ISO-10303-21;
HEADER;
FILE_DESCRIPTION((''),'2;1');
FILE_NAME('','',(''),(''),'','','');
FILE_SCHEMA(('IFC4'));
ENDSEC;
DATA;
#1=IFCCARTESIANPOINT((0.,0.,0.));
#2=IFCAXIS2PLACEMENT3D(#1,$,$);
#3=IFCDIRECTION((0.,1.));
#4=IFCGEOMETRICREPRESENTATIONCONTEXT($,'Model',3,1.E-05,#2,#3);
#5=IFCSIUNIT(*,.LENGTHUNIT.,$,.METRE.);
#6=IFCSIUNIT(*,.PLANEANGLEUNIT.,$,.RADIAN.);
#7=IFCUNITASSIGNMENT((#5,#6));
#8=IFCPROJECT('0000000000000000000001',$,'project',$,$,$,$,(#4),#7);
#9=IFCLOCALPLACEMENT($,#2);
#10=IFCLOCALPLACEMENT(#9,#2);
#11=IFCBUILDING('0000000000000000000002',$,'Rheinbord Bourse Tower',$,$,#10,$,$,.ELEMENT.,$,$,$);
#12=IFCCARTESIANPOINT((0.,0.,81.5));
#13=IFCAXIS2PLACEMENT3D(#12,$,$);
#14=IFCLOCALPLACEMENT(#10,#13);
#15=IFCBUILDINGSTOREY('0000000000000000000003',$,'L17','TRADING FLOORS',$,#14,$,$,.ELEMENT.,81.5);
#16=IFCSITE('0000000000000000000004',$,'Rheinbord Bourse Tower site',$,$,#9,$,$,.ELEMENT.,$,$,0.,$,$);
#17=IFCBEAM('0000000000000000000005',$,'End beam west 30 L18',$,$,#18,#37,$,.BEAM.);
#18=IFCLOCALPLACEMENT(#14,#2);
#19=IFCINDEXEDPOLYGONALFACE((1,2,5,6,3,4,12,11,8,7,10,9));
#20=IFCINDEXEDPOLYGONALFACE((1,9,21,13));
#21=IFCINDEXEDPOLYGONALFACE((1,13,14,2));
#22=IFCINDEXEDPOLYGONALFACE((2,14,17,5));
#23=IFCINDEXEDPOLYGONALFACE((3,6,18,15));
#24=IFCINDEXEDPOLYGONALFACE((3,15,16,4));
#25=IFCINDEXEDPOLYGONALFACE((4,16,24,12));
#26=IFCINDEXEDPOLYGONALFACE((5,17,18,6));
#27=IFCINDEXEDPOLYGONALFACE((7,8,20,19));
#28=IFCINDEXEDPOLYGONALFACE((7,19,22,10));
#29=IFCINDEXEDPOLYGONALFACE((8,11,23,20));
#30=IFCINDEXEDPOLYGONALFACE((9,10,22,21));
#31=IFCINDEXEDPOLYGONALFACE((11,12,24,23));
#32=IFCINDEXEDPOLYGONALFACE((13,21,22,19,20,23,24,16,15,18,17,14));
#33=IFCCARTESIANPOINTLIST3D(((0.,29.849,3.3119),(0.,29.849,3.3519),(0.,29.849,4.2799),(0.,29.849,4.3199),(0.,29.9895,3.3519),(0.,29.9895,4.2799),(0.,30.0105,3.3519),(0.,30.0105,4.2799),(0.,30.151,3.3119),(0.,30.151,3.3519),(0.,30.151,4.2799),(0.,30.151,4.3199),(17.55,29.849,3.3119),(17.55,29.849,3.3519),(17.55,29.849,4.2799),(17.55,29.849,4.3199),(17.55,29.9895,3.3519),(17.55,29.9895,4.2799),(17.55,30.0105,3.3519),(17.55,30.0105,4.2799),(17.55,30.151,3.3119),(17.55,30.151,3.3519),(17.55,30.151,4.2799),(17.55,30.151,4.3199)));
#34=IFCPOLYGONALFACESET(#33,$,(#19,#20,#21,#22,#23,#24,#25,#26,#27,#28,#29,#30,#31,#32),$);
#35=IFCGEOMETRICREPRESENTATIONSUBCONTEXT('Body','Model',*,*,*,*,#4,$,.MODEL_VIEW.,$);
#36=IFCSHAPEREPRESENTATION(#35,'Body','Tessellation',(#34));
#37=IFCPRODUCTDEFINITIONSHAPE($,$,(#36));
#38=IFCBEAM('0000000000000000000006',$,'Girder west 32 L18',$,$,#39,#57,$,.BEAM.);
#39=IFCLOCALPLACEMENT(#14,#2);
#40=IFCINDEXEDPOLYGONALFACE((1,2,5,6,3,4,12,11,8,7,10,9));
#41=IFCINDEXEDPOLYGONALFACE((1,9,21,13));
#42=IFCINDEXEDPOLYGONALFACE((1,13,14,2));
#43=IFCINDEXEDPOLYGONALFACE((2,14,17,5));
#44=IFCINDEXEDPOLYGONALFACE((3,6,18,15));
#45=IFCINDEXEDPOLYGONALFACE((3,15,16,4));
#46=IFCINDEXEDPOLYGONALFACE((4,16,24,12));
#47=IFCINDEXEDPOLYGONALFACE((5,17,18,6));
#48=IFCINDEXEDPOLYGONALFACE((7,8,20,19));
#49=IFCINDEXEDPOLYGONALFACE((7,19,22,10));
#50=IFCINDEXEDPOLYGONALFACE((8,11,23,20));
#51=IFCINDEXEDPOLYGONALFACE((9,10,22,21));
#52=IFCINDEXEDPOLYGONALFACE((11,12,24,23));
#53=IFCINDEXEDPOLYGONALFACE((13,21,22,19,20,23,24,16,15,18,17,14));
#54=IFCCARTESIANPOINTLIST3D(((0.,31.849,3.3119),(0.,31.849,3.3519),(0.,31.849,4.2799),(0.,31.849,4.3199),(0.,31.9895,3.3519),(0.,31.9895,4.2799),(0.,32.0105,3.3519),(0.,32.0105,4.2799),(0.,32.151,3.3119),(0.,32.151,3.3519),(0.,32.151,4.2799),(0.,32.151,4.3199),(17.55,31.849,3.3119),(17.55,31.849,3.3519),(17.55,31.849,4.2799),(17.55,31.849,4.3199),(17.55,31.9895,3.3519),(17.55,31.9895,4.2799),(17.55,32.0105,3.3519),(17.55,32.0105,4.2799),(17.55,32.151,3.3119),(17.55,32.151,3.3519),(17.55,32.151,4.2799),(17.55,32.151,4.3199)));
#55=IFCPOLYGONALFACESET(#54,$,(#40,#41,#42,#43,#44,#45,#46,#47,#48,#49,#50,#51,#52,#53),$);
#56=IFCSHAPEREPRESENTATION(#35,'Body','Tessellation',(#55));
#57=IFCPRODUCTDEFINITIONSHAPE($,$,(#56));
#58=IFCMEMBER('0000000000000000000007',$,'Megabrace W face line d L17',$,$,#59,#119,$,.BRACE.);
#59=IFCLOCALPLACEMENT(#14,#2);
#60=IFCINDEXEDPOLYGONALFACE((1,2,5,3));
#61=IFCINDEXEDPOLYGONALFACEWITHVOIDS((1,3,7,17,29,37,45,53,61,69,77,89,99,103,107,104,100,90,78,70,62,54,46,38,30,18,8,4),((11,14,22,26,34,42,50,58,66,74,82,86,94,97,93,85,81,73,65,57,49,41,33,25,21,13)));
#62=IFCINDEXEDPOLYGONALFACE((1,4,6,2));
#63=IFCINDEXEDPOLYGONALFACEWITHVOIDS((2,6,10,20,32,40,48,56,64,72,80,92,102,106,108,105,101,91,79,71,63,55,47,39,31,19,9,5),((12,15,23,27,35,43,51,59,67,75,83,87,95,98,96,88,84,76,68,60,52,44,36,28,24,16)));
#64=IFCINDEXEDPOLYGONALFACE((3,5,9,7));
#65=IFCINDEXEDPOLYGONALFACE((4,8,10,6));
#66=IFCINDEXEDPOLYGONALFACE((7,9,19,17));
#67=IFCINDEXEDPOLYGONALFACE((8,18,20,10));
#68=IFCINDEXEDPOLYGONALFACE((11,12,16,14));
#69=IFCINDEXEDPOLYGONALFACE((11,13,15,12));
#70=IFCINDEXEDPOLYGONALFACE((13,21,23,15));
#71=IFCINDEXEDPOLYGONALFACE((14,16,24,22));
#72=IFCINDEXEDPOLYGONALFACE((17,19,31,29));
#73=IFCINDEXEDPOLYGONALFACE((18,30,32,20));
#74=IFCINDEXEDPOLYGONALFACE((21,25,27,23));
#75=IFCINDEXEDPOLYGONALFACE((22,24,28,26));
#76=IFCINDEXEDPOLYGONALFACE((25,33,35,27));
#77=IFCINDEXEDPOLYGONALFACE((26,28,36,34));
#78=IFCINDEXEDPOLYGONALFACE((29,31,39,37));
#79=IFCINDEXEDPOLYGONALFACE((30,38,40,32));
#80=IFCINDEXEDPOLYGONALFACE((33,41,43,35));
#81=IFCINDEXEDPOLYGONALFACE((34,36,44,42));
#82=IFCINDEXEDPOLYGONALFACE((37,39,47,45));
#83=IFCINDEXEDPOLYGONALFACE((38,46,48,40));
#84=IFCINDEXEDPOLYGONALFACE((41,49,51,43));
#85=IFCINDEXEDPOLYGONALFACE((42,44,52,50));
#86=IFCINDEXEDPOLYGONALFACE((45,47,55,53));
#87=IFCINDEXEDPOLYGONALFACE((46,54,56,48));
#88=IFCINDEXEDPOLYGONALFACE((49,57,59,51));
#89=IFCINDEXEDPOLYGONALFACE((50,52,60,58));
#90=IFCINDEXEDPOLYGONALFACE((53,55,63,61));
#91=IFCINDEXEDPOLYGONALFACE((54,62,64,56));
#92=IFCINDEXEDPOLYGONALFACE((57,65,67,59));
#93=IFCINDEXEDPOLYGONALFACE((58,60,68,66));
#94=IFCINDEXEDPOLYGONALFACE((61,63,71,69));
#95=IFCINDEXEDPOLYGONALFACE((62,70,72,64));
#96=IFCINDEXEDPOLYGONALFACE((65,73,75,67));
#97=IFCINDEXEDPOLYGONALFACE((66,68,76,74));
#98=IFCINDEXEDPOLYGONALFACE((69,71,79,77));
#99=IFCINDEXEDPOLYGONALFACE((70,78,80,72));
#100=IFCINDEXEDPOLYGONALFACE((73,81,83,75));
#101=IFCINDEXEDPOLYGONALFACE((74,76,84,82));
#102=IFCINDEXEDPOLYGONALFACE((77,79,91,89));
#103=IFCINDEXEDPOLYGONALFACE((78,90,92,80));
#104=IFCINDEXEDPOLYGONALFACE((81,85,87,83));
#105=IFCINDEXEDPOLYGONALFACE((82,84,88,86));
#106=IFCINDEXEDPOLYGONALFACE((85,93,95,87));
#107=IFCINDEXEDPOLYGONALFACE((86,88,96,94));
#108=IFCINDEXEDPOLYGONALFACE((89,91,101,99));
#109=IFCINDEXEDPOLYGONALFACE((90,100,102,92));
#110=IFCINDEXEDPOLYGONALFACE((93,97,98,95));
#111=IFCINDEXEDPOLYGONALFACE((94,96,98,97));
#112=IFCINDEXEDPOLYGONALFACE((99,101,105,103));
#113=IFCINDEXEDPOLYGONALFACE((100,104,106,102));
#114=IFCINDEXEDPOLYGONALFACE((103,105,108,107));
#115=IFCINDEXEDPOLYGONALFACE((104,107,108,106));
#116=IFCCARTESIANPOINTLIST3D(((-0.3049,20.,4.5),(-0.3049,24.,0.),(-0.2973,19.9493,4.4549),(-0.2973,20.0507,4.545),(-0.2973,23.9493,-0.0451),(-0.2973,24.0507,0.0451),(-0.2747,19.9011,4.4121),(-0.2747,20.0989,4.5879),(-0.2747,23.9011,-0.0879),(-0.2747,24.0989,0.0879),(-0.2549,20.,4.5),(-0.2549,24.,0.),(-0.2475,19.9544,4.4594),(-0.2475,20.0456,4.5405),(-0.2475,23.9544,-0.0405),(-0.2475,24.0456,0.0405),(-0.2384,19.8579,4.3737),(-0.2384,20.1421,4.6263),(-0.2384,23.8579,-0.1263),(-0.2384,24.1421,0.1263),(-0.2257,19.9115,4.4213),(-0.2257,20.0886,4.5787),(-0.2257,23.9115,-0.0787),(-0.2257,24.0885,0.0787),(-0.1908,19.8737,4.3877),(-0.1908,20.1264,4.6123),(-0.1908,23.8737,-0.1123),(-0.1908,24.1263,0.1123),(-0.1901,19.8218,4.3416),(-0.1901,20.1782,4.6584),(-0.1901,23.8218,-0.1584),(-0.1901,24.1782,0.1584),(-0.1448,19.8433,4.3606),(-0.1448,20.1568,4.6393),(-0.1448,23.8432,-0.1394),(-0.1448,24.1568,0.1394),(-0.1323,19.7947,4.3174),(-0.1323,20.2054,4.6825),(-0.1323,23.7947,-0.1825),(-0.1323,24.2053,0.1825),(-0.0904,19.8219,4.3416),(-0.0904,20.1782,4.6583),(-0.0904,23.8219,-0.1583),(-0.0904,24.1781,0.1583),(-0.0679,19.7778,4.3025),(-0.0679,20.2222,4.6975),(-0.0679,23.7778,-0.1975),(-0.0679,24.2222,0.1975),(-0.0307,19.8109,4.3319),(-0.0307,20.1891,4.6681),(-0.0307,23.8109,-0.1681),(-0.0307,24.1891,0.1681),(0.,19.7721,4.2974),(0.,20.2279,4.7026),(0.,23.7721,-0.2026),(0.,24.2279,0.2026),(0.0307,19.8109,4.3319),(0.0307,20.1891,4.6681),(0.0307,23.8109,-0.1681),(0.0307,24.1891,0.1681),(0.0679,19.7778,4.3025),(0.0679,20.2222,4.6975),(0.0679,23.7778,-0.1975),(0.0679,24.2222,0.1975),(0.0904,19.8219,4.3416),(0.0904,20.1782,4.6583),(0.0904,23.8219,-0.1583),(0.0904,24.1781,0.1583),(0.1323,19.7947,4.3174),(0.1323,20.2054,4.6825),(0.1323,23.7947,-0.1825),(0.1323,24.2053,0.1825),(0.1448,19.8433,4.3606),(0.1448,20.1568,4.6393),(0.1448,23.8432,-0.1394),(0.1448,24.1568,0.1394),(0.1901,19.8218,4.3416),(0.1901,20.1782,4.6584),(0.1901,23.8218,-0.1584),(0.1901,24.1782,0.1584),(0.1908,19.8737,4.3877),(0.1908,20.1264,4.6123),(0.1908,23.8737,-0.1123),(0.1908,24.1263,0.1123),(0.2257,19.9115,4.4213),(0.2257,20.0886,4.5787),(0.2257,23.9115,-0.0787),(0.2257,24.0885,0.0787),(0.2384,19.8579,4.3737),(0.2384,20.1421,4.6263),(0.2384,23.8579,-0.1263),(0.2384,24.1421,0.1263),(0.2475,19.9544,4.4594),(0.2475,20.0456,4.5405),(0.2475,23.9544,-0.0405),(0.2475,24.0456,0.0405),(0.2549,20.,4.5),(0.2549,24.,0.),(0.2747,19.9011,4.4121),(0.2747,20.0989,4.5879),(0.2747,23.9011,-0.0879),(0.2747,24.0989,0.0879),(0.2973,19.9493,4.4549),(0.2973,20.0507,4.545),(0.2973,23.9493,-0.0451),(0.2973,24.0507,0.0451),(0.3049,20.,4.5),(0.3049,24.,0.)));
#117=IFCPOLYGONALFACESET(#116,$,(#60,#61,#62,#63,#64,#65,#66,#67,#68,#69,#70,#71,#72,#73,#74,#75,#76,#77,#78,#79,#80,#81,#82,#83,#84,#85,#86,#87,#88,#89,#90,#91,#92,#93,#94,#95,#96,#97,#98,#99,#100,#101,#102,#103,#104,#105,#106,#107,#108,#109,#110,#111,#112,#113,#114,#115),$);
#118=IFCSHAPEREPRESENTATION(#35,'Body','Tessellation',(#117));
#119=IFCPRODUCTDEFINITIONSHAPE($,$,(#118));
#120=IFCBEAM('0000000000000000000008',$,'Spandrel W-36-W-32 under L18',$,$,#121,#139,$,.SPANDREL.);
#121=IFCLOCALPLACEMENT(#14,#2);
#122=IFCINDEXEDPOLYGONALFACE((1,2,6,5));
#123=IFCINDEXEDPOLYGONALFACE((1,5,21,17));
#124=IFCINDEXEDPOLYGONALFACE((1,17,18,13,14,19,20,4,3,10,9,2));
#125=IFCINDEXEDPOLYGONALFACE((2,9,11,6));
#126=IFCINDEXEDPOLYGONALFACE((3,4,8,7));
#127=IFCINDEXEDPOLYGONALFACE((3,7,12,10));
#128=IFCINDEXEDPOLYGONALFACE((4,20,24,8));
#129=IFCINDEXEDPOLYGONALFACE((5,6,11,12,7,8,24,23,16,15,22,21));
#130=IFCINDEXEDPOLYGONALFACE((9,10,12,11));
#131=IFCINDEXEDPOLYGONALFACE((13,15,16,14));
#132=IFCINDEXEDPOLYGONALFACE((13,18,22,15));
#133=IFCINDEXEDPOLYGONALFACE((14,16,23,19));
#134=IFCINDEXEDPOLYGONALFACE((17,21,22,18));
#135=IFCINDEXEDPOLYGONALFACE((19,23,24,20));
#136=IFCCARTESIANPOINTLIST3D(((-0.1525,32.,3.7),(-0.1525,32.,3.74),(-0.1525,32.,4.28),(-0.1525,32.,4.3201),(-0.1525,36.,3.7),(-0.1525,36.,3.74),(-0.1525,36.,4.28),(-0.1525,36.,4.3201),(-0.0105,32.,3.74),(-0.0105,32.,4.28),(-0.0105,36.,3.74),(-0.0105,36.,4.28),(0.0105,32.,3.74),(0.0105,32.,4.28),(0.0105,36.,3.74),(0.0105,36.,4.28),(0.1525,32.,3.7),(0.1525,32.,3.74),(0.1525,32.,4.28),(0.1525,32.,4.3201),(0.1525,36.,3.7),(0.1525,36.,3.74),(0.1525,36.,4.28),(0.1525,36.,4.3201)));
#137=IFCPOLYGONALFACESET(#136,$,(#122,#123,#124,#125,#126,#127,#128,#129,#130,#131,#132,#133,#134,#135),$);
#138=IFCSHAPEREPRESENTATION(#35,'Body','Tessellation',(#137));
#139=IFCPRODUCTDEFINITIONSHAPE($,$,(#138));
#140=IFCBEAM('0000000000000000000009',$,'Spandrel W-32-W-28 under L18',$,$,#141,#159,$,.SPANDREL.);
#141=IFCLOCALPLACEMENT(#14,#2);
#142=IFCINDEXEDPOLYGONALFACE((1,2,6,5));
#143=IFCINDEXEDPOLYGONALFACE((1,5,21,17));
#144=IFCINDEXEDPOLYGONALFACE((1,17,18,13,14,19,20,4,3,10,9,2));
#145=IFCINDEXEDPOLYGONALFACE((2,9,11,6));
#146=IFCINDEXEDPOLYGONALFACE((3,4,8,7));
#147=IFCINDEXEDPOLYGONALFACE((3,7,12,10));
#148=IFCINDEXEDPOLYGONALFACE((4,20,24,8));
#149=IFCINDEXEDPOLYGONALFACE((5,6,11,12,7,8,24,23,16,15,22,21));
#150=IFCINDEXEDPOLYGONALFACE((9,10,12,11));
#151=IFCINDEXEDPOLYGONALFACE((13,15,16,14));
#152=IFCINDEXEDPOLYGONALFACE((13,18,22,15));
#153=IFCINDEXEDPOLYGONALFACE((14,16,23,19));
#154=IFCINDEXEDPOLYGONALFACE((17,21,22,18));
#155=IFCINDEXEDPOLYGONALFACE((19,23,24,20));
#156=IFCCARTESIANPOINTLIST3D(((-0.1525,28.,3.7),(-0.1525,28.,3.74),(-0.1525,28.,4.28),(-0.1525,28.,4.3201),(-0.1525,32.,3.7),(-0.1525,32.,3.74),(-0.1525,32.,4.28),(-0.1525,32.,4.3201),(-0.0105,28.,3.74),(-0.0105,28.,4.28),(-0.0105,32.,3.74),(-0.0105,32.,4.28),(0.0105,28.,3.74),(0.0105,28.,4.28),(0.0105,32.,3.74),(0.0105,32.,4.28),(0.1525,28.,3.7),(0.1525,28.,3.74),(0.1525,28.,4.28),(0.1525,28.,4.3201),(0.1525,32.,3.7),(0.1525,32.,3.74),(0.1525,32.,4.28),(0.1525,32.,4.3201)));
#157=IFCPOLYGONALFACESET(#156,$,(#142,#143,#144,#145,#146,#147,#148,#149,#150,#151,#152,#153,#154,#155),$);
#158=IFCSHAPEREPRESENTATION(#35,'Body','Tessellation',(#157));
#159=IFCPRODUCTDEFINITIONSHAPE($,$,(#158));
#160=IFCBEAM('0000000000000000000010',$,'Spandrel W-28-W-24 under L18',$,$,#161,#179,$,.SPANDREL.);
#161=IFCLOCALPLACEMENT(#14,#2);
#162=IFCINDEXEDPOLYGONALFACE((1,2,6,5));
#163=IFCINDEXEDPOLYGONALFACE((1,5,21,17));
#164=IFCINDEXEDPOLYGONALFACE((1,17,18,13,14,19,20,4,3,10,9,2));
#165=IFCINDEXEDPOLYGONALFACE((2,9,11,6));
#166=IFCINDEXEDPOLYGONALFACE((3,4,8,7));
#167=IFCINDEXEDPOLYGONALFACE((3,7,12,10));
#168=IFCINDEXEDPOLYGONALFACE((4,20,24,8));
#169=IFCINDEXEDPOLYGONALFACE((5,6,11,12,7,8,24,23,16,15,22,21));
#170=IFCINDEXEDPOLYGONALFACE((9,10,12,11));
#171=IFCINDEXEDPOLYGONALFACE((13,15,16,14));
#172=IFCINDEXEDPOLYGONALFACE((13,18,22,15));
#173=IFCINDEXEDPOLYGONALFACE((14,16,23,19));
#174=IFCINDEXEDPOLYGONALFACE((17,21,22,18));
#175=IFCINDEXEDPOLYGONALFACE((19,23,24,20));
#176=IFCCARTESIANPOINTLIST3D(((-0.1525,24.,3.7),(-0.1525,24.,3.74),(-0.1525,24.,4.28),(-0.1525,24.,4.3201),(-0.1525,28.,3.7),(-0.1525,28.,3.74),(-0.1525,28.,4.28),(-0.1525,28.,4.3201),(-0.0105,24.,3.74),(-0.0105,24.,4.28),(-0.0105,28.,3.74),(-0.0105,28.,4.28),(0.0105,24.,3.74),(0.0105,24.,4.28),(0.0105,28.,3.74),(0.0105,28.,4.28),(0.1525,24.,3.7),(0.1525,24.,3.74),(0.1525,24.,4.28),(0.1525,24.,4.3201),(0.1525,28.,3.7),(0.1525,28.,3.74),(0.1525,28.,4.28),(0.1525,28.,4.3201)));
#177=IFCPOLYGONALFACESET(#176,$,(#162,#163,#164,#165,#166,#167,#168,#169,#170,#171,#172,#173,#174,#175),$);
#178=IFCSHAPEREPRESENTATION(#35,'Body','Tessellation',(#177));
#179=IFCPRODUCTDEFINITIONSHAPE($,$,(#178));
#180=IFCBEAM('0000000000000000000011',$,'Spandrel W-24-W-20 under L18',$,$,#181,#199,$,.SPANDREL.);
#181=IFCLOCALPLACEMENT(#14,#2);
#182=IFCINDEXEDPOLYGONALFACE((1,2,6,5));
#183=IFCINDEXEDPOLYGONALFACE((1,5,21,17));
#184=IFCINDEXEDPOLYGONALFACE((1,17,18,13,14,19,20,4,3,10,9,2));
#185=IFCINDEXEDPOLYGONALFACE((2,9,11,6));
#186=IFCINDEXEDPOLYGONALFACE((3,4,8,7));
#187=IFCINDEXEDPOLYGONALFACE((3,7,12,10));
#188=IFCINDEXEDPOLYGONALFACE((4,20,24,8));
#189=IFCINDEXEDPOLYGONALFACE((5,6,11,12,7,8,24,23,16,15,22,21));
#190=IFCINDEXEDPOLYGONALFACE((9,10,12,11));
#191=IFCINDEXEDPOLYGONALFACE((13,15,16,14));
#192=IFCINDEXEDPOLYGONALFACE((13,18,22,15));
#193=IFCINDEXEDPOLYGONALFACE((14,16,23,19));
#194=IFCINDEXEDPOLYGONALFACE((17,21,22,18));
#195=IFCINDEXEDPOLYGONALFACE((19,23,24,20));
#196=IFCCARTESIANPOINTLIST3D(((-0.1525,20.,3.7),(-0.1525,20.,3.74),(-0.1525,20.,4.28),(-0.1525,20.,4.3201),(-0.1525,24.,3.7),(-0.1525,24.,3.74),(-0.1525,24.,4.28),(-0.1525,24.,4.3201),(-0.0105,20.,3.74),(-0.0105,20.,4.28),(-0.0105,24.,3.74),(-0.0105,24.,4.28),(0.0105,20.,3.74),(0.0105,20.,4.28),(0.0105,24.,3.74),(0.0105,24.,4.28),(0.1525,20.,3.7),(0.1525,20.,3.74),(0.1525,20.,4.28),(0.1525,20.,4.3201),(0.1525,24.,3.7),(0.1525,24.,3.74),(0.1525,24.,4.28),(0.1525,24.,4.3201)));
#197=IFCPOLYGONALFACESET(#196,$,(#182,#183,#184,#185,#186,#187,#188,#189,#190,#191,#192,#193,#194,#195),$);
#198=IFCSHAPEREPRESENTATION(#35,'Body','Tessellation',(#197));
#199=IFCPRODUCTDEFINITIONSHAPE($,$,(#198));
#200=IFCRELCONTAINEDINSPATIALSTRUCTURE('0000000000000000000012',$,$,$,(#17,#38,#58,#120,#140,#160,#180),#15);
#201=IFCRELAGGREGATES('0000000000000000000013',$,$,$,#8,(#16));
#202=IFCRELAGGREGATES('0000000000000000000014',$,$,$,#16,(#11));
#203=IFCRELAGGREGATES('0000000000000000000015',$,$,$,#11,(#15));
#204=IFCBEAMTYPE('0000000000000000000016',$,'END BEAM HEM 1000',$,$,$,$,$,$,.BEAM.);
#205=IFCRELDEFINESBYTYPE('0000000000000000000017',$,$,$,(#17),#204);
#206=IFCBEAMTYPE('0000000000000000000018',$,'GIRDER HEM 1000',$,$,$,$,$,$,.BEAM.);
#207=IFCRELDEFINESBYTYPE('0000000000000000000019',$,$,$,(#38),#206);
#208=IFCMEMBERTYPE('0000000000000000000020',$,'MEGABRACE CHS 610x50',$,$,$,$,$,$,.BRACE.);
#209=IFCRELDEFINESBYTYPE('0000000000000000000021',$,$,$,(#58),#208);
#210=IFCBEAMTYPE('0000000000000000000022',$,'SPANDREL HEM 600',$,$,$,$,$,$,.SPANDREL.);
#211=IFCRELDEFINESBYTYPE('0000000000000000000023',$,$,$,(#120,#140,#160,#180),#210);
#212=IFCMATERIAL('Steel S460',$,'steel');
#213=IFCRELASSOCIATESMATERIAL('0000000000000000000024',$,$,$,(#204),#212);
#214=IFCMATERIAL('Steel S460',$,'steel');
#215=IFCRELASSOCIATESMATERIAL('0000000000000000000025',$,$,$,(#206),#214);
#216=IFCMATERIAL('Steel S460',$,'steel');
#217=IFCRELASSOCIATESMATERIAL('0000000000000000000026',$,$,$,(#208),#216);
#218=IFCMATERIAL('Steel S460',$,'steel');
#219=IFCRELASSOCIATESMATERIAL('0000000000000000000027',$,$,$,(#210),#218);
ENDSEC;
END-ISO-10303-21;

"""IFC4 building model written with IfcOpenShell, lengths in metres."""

from ifc_helpers import new_model, si_unit, direction, frame, origin, origin_2d, place, context, subcontext, project, spatial, hollow_circle, i_section, extrude, material, material_profile, profile_set, type_object, element, save


model = new_model("IFC4")

# Units and contexts
model_context = context("Model", 3, precision=1e-05, world=origin(), true_north=direction((0.0, 1.0)))
body_context = subcontext(model_context, "Body", "Model", "MODEL_VIEW")
ifc_project = project(units=[si_unit("LENGTHUNIT", "METRE"), si_unit("PLANEANGLEUNIT", "RADIAN")], contexts=[model_context])

# Site, building, storey
site_placement = place(None, origin())
site = spatial("IfcSite", under=ifc_project, at=site_placement, Name="Rheinbord Bourse Tower site", CompositionType="ELEMENT", RefElevation=0.0)
building_placement = place(site_placement, origin())
building = spatial("IfcBuilding", under=site, at=building_placement, Name="Rheinbord Bourse Tower", CompositionType="ELEMENT")
storey_placement = place(building_placement, frame((0.0, 0.0, 81.5)))
storey = spatial("IfcBuildingStorey", under=building, at=storey_placement, Name="L17", Description="TRADING FLOORS", CompositionType="ELEMENT", Elevation=81.5)

# Beams
ifc_material_1 = material(Name="Steel S460", Category="steel")
ifc_material_profile_1 = material_profile(ifc_material_1, i_section(OverallWidth=0.302, OverallDepth=1.0081, WebThickness=0.021, FlangeThickness=0.04, at=origin_2d()), Name="HEM 1000")
ifc_profile_set_1 = profile_set([ifc_material_profile_1], Name="Steel S460")
beam_type_1 = type_object("IfcBeamType", Name="END BEAM HEM 1000", PredefinedType="BEAM", material=ifc_profile_set_1)
for number, where, z_axis, x_axis, name in (
    (1, (0.0, 30.0, 3.8159), (1.0, 0.0, 0.0), (0.0, 1.0, 0.0), "End beam west 30 L18"),
):
    element("IfcBeam", number, at=place(storey_placement, frame(where, z_axis=z_axis, x_axis=x_axis)), inside=storey, type_object=beam_type_1, Name=name, PredefinedType="BEAM", context=body_context, shape_type="SweptSolid", body=[
        extrude(i_section(OverallWidth=0.302, OverallDepth=1.0081, WebThickness=0.021, FlangeThickness=0.04, at=origin_2d()), origin(), (0.0, 0.0, 1.0), 17.55),
    ])
ifc_material_2 = material(Name="Steel S460", Category="steel")
ifc_material_profile_2 = material_profile(ifc_material_2, i_section(OverallWidth=0.302, OverallDepth=1.0081, WebThickness=0.021, FlangeThickness=0.04, at=origin_2d()), Name="HEM 1000")
ifc_profile_set_2 = profile_set([ifc_material_profile_2], Name="Steel S460")
beam_type_2 = type_object("IfcBeamType", Name="GIRDER HEM 1000", PredefinedType="BEAM", material=ifc_profile_set_2)
beam_placement = place(storey_placement, frame((0.0, 32.0, 3.8159), z_axis=(1.0, 0.0, 0.0), x_axis=(0.0, 1.0, 0.0)))
element("IfcBeam", 2, at=beam_placement, inside=storey, type_object=beam_type_2, Name="Girder west 32 L18", PredefinedType="BEAM", context=body_context, shape_type="SweptSolid", body=[
    extrude(i_section(OverallWidth=0.302, OverallDepth=1.0081, WebThickness=0.021, FlangeThickness=0.04, at=origin_2d()), origin(), (0.0, 0.0, 1.0), 17.55),
])

# Member
ifc_material_3 = material(Name="Steel S460", Category="steel")
ifc_material_profile_3 = material_profile(ifc_material_3, hollow_circle(Radius=0.3049, WallThickness=0.05, at=origin_2d()), Name="CHS 610x50")
ifc_profile_set_3 = profile_set([ifc_material_profile_3], Name="Steel S460")
member_type_1 = type_object("IfcMemberType", Name="MEGABRACE CHS 610x50", PredefinedType="BRACE", material=ifc_profile_set_3)
member_1_placement = place(storey_placement, frame((0.0, 24.0, 0.0), z_axis=(0.0, -0.664364, 0.747409), x_axis=(1.0, 0.0, 0.0)))
element("IfcMember", 3, at=member_1_placement, inside=storey, type_object=member_type_1, Name="Megabrace W face line d L17", PredefinedType="BRACE", context=body_context, shape_type="SweptSolid", body=[
    extrude(hollow_circle(Radius=0.3049, WallThickness=0.05, at=origin_2d()), origin(), (0.0, 0.0, 1.0), 6.0208),
])

# Beams
ifc_material_4 = material(Name="Steel S460", Category="steel")
ifc_material_profile_4 = material_profile(ifc_material_4, i_section(OverallWidth=0.3049, OverallDepth=0.6201, WebThickness=0.021, FlangeThickness=0.04, at=origin_2d()), Name="HEM 600")
ifc_profile_set_4 = profile_set([ifc_material_profile_4], Name="Steel S460")
beam_type_3 = type_object("IfcBeamType", Name="SPANDREL HEM 600", PredefinedType="SPANDREL", material=ifc_profile_set_4)
for number, where, z_axis, x_axis, name in (
    (4, (0.0, 36.0, 4.01), (0.0, -1.0, 0.0), (1.0, 0.0, 0.0), "Spandrel W-36-W-32 under L18"),
    (5, (0.0, 32.0, 4.01), (0.0, -1.0, 0.0), (1.0, 0.0, 0.0), "Spandrel W-32-W-28 under L18"),
    (6, (0.0, 28.0, 4.01), (0.0, -1.0, 0.0), (1.0, 0.0, 0.0), "Spandrel W-28-W-24 under L18"),
    (7, (0.0, 24.0, 4.01), (0.0, -1.0, 0.0), (1.0, 0.0, 0.0), "Spandrel W-24-W-20 under L18"),
):
    element("IfcBeam", number, at=place(storey_placement, frame(where, z_axis=z_axis, x_axis=x_axis)), inside=storey, type_object=beam_type_3, Name=name, PredefinedType="SPANDREL", context=body_context, shape_type="SweptSolid", body=[
        extrude(i_section(OverallWidth=0.3049, OverallDepth=0.6201, WebThickness=0.021, FlangeThickness=0.04, at=origin_2d()), origin(), (0.0, 0.0, 1.0), 4.0),
    ])

save(model, "model.ifc")
